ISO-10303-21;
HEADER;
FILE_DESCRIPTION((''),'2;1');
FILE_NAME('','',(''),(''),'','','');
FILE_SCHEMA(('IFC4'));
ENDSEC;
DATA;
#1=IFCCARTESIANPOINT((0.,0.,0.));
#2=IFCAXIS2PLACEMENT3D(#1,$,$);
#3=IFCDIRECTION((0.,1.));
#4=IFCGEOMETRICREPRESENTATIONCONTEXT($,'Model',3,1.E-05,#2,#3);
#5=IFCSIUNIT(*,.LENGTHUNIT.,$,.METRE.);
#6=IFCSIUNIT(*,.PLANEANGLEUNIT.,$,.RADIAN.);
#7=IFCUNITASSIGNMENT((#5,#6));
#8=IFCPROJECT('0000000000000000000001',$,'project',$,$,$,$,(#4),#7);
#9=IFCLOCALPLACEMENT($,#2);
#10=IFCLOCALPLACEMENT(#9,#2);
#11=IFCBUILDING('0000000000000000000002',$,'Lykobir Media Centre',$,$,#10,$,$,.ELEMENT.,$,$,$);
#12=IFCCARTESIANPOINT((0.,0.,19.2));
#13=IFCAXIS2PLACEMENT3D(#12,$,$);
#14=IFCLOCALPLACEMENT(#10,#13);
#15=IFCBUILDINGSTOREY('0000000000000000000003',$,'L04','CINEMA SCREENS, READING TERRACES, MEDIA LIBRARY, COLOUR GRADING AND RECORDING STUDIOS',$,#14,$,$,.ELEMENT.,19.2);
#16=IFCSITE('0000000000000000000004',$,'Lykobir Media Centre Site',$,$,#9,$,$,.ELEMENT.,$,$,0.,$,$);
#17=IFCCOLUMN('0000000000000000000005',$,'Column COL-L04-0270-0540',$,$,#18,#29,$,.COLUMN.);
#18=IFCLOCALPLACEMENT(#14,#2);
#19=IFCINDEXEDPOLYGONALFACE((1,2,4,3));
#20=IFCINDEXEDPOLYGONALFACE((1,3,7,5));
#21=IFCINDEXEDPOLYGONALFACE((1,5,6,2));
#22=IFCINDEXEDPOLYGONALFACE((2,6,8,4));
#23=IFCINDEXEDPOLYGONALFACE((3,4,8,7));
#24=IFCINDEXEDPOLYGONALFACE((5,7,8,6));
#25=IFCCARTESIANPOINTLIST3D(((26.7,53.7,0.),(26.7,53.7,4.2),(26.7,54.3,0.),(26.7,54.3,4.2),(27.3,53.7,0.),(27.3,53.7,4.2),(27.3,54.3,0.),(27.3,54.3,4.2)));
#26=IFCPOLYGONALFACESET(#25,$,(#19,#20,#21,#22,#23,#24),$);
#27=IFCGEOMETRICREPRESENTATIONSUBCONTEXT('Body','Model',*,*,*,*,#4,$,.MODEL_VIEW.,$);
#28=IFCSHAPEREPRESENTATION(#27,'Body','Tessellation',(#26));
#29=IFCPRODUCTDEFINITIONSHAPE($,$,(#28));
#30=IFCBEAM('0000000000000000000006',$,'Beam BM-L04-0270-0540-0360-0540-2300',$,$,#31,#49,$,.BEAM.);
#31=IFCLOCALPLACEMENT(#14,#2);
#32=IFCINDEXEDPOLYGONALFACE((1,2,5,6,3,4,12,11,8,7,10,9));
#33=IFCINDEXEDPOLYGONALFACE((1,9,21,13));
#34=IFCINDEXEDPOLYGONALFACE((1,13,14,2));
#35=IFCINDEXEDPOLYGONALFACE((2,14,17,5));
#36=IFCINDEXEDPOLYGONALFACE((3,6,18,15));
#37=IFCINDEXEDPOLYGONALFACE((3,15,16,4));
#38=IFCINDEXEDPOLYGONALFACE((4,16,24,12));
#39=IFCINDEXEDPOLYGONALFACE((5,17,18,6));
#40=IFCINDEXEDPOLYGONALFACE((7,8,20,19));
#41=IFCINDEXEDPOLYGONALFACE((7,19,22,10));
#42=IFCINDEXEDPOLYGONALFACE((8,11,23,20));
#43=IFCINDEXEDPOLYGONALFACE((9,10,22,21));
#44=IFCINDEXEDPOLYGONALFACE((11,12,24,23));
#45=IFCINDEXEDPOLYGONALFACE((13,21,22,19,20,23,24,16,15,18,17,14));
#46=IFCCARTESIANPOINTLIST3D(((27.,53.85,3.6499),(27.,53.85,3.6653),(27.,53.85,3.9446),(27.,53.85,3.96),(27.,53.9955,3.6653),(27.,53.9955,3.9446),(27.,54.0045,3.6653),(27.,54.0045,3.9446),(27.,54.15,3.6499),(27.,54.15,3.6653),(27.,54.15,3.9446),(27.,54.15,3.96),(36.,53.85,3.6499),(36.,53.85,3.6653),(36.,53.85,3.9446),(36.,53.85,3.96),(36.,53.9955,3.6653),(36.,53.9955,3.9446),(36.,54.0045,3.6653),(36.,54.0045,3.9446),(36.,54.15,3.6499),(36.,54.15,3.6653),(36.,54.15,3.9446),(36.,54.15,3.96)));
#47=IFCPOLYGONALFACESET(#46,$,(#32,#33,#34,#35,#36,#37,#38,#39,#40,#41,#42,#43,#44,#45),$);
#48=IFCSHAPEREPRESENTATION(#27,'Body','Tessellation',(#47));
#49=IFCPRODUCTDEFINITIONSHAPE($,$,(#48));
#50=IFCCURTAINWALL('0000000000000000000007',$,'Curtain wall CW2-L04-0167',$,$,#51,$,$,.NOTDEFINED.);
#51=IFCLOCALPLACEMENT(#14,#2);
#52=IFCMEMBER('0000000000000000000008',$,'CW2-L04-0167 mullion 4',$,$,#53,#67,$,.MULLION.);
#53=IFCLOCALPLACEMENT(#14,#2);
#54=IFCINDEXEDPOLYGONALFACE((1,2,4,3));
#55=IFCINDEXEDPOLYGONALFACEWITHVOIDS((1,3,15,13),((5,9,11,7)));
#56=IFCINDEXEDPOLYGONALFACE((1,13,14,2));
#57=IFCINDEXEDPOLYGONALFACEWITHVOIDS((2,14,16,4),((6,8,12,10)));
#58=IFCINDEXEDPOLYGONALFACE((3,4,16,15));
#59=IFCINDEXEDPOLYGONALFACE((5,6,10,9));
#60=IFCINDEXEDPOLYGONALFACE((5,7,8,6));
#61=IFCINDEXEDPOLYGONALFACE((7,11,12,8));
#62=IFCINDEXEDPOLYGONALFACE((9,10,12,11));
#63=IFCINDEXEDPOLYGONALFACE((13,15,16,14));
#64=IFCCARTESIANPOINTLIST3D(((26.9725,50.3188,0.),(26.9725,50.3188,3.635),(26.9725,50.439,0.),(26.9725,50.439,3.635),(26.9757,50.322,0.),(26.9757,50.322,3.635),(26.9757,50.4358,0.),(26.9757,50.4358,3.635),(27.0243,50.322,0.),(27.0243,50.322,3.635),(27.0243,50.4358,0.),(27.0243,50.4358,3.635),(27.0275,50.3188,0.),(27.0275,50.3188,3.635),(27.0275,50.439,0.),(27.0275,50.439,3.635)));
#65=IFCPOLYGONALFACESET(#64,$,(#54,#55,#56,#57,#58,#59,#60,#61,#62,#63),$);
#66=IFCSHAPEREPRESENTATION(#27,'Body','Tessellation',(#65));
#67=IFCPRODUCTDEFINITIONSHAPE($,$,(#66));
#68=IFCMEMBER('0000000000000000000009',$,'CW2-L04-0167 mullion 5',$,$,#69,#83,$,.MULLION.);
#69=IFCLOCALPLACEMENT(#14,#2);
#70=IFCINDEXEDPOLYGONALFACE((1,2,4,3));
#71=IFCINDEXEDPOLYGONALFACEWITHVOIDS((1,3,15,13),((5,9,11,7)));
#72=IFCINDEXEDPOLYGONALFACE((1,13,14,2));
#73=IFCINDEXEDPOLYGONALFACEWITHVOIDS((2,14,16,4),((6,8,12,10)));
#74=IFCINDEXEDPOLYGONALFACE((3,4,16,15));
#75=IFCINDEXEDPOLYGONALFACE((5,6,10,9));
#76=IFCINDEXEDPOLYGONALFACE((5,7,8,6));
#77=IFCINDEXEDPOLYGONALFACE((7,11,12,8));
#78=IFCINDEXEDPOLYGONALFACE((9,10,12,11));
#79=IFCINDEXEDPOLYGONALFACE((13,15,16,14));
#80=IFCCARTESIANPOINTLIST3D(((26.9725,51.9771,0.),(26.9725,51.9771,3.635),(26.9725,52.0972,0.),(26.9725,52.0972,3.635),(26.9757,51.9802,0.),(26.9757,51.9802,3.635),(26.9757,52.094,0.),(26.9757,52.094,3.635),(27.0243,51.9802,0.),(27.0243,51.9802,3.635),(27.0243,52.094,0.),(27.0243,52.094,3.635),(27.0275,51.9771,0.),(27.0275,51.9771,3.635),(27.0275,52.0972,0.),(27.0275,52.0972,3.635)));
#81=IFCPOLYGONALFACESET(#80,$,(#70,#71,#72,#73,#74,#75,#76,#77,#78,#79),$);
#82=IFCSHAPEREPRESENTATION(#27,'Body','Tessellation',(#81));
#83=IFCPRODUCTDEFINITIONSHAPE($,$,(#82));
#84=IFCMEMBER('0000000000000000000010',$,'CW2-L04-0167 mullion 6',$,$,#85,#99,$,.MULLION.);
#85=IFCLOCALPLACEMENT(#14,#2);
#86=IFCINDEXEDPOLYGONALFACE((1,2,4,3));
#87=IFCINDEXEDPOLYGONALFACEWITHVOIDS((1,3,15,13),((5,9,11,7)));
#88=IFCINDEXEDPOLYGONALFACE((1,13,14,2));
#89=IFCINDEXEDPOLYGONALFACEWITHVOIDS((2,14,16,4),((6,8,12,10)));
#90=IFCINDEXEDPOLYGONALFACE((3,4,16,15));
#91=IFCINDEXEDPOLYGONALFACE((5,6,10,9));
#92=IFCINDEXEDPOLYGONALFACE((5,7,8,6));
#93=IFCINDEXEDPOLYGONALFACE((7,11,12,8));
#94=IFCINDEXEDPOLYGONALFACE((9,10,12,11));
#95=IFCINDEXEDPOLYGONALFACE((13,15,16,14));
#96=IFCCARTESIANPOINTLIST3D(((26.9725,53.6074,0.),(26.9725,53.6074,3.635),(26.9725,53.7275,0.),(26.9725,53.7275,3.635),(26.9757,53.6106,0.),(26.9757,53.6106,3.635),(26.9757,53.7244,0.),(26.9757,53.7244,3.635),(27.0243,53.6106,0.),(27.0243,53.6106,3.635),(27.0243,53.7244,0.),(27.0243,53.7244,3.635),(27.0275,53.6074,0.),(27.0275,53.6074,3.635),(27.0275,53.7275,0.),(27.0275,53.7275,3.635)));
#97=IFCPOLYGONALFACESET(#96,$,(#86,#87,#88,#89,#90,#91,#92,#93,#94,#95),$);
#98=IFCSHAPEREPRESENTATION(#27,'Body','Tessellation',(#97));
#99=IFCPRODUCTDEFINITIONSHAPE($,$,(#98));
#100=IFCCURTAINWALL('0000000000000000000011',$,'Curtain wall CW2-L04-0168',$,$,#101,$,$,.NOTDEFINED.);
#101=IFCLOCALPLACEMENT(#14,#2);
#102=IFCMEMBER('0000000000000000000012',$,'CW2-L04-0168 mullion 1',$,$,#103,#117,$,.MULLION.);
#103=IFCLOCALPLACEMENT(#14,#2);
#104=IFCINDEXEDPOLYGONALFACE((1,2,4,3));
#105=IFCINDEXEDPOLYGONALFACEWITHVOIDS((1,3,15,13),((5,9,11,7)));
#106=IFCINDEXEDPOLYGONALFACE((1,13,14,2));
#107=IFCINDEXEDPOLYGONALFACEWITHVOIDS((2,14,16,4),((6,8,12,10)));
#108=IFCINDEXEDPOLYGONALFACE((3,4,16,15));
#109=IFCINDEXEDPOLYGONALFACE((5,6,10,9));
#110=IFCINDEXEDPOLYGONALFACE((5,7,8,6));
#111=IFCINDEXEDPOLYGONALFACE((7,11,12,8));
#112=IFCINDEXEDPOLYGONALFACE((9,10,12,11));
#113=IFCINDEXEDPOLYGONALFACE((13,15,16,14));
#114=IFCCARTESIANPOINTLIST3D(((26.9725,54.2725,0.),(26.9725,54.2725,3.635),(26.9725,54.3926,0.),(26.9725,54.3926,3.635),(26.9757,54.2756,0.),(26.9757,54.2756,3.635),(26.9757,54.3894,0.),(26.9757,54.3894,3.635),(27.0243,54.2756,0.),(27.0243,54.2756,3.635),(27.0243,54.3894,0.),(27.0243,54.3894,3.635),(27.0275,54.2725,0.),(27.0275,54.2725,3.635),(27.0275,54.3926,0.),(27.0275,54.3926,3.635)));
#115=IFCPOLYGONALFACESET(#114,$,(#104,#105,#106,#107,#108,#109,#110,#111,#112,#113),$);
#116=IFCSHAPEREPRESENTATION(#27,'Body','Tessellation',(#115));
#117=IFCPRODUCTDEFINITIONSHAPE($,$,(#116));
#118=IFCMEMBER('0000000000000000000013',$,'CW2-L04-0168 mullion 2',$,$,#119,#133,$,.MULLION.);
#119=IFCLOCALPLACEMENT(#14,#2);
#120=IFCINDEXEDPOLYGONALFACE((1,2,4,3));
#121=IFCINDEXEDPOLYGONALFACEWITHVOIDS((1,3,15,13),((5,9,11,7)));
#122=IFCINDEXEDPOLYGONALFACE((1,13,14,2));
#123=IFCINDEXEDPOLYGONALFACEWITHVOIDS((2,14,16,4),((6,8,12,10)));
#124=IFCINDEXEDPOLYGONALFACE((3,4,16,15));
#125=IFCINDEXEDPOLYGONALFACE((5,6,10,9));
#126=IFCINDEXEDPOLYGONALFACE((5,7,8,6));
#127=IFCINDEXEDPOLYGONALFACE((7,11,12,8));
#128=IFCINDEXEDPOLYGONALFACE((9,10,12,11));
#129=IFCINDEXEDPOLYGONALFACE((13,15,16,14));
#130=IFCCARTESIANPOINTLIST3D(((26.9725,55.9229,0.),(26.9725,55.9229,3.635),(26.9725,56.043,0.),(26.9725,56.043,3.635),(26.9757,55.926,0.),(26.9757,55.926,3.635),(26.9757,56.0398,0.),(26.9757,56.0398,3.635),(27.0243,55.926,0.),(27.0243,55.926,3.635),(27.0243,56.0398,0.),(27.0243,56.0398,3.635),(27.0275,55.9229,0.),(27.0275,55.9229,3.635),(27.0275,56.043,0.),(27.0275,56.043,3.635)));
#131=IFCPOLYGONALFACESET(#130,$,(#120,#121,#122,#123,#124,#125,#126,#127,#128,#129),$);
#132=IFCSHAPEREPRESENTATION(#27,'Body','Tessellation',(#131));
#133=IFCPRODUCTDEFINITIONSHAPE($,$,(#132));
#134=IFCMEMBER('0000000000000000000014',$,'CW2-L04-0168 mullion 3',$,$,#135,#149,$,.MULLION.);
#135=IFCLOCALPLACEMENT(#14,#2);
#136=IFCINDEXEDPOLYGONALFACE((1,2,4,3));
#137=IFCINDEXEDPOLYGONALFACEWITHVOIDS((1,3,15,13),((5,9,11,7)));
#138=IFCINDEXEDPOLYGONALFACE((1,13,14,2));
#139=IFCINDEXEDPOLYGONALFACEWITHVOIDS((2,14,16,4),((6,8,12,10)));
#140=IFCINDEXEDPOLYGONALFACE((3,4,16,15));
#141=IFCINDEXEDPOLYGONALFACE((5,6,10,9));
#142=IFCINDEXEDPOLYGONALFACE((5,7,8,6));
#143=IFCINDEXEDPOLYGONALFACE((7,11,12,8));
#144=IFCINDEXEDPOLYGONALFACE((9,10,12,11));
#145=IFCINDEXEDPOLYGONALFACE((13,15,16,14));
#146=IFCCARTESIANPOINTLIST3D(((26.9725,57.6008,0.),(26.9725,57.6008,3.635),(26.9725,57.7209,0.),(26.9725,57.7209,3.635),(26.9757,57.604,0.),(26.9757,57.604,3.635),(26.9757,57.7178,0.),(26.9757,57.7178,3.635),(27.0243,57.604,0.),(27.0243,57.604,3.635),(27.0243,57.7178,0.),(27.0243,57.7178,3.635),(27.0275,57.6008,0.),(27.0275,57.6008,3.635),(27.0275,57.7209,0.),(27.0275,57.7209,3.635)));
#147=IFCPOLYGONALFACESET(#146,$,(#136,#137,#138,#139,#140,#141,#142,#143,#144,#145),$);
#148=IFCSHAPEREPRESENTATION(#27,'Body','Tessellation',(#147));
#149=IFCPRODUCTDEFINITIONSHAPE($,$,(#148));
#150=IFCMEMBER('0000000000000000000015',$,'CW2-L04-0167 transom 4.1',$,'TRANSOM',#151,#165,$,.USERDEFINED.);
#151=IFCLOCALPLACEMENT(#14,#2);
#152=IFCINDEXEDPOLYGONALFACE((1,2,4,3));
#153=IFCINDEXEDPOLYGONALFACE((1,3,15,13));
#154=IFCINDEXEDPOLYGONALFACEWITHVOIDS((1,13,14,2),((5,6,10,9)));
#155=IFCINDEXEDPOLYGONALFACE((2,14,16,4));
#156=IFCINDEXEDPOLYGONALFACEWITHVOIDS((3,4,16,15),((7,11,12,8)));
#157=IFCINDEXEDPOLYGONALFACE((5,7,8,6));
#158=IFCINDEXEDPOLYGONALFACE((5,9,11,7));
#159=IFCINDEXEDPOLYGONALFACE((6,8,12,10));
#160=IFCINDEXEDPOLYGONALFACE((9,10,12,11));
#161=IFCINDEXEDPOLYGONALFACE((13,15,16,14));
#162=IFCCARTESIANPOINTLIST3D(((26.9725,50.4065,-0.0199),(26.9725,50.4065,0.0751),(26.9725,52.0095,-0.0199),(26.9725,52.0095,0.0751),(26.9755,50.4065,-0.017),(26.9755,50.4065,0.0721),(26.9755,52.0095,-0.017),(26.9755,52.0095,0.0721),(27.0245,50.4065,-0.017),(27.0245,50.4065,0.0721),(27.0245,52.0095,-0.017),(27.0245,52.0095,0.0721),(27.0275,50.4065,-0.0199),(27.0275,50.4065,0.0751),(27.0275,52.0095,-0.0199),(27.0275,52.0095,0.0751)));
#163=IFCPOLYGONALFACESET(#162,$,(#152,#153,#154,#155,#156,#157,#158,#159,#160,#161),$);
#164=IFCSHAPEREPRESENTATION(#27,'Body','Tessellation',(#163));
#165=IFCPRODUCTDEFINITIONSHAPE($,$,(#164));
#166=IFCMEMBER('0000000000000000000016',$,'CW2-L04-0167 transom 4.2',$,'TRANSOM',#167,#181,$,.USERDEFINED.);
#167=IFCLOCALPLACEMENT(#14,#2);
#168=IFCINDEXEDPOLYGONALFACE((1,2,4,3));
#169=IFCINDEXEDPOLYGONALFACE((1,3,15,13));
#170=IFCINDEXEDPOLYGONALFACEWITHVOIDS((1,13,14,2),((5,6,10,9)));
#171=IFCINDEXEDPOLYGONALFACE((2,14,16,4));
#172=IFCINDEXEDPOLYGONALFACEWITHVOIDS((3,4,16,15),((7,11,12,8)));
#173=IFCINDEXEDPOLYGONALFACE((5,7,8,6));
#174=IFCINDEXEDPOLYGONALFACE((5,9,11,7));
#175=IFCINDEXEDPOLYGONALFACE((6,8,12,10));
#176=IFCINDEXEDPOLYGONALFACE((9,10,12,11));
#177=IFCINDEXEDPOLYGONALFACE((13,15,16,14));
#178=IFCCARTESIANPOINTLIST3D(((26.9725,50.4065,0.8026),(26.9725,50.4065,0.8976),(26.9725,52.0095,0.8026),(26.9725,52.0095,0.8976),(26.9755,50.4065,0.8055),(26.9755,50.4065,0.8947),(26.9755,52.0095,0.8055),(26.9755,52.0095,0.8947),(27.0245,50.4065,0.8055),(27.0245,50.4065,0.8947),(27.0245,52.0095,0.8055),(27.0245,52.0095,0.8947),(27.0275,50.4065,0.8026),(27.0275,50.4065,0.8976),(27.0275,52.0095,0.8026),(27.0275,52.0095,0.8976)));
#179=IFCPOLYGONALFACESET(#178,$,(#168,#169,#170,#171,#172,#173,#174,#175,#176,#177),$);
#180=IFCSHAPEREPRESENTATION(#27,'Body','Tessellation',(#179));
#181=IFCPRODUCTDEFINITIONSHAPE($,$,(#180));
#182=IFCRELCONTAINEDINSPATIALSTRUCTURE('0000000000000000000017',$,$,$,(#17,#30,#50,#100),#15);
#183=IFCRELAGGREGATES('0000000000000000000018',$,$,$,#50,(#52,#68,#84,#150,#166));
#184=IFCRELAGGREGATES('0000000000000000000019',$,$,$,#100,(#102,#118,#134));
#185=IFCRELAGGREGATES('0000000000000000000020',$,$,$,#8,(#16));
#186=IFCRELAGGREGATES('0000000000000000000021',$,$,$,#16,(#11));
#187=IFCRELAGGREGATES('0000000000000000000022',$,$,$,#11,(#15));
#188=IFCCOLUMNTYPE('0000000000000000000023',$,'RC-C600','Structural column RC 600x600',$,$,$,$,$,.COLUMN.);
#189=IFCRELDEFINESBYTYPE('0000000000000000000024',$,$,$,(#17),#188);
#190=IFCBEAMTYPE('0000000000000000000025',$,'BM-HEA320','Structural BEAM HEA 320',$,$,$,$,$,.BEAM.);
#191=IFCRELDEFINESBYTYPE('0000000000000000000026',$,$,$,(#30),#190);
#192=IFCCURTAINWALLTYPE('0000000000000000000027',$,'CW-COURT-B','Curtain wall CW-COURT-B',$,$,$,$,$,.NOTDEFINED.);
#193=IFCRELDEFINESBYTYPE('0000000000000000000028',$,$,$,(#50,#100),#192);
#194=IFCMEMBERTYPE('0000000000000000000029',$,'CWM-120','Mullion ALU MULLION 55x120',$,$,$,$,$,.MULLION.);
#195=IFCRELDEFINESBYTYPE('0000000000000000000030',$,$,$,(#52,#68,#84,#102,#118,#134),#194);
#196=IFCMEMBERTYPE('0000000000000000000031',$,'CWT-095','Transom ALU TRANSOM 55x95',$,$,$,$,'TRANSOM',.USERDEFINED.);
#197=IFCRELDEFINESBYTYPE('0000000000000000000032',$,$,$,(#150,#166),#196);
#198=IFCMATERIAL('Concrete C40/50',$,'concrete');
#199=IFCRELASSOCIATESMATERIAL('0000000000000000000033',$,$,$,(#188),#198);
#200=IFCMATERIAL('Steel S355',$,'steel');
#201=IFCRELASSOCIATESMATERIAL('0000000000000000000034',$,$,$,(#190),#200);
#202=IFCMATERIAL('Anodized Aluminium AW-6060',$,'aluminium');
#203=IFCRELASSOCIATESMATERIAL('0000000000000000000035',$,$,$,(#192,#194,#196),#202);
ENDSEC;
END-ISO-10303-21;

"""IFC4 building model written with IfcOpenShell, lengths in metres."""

from ifc_helpers import new_model, si_unit, direction, frame, origin, origin_2d, place, context, subcontext, project, spatial, rectangle, hollow_rectangle, i_section, extrude, material, material_profile, profile_set, type_object, element, aggregate, save


model = new_model("IFC4")

# Units and contexts
model_context = context("Model", 3, precision=1e-05, world=origin(), true_north=direction((0.0, 1.0)))
body_context = subcontext(model_context, "Body", "Model", "MODEL_VIEW")
ifc_project = project(units=[si_unit("LENGTHUNIT", "METRE"), si_unit("PLANEANGLEUNIT", "RADIAN")], contexts=[model_context])

# Site, building, storey
site_placement = place(None, origin())
site = spatial("IfcSite", under=ifc_project, at=site_placement, Name="Lykobir Media Centre Site", CompositionType="ELEMENT", RefElevation=0.0)
building_placement = place(site_placement, origin())
building = spatial("IfcBuilding", under=site, at=building_placement, Name="Lykobir Media Centre", CompositionType="ELEMENT")
storey_placement = place(building_placement, frame((0.0, 0.0, 19.2)))
storey = spatial("IfcBuildingStorey", under=building, at=storey_placement, Name="L04", Description="CINEMA SCREENS, READING TERRACES, MEDIA LIBRARY, COLOUR GRADING AND RECORDING STUDIOS", CompositionType="ELEMENT", Elevation=19.2)

# Column
ifc_material_1 = material(Name="Concrete C40/50", Category="concrete")
ifc_material_profile_1 = material_profile(ifc_material_1, rectangle(XDim=0.6001, YDim=0.6001, at=origin_2d()), Name="RC 600x600")
ifc_profile_set_1 = profile_set([ifc_material_profile_1], Name="Concrete C40/50")
column_type = type_object("IfcColumnType", Name="RC-C600", Description="Structural column RC 600x600", PredefinedType="COLUMN", material=ifc_profile_set_1)
column_placement = place(storey_placement, frame((27.0, 54.0, 0.0), z_axis=(0.0, 0.0, 1.0), x_axis=(1.0, 0.0, 0.0)))
element("IfcColumn", 1, at=column_placement, inside=storey, type_object=column_type, Name="Column COL-L04-0270-0540", PredefinedType="COLUMN", context=body_context, shape_type="SweptSolid", body=[
    extrude(rectangle(XDim=0.6001, YDim=0.6001, at=origin_2d()), origin(), (0.0, 0.0, 1.0), 4.2),
])

# Beam
ifc_material_2 = material(Name="Steel S355", Category="steel")
ifc_material_profile_2 = material_profile(ifc_material_2, i_section(OverallWidth=0.3, OverallDepth=0.3101, WebThickness=0.009, FlangeThickness=0.0154, at=origin_2d()), Name="HEA 320")
ifc_profile_set_2 = profile_set([ifc_material_profile_2], Name="Steel S355")
beam_type_1 = type_object("IfcBeamType", Name="BM-HEA320", Description="Structural BEAM HEA 320", PredefinedType="BEAM", material=ifc_profile_set_2)
beam_1_placement = place(storey_placement, frame((27.0, 54.0, 3.8049), z_axis=(1.0, 0.0, 0.0), x_axis=(0.0, 1.0, 0.0)))
element("IfcBeam", 2, at=beam_1_placement, inside=storey, type_object=beam_type_1, Name="Beam BM-L04-0270-0540-0360-0540-2300", PredefinedType="BEAM", context=body_context, shape_type="SweptSolid", body=[
    extrude(i_section(OverallWidth=0.3, OverallDepth=0.3101, WebThickness=0.009, FlangeThickness=0.0154, at=origin_2d()), origin(), (0.0, 0.0, 1.0), 9.0),
])

# Curtain walls, members
ifc_material_3 = material(Name="Anodized Aluminium AW-6060", Category="aluminium")
curtain_wall_type = type_object("IfcCurtainWallType", Name="CW-COURT-B", Description="Curtain wall CW-COURT-B", PredefinedType="NOTDEFINED", material=ifc_material_3)
curtain_wall_1_placement = place(storey_placement, origin())
curtain_wall_1 = element("IfcCurtainWall", 3, at=curtain_wall_1_placement, inside=storey, type_object=curtain_wall_type, Name="Curtain wall CW2-L04-0167", PredefinedType="NOTDEFINED")
ifc_material_profile_3 = material_profile(ifc_material_3, hollow_rectangle(XDim=0.0549, YDim=0.1201, WallThickness=0.0032, at=origin_2d()), Name="ALU MULLION 55x120")
ifc_profile_set_3 = profile_set([ifc_material_profile_3], Name="Anodized Aluminium AW-6060")
member_type_1 = type_object("IfcMemberType", Name="CWM-120", Description="Mullion ALU MULLION 55x120", PredefinedType="MULLION", material=ifc_profile_set_3)
member_1_placement = place(storey_placement, frame((27.0, 50.3789, 0.0), z_axis=(0.0, 0.0, 1.0), x_axis=(-1.0, 0.0, 0.0)))
member_1 = element("IfcMember", 4, at=member_1_placement, type_object=member_type_1, Name="CW2-L04-0167 mullion 4", PredefinedType="MULLION", context=body_context, shape_type="SweptSolid", body=[
    extrude(hollow_rectangle(XDim=0.0549, YDim=0.1201, WallThickness=0.0032, at=origin_2d()), origin(), (0.0, 0.0, 1.0), 3.635),
])
member_2_placement = place(storey_placement, frame((27.0, 52.0371, 0.0), z_axis=(0.0, 0.0, 1.0), x_axis=(-1.0, 0.0, 0.0)))
member_2 = element("IfcMember", 5, at=member_2_placement, type_object=member_type_1, Name="CW2-L04-0167 mullion 5", PredefinedType="MULLION", context=body_context, shape_type="SweptSolid", body=[
    extrude(hollow_rectangle(XDim=0.0549, YDim=0.1201, WallThickness=0.0032, at=origin_2d()), origin(), (0.0, 0.0, 1.0), 3.635),
])
member_3_placement = place(storey_placement, frame((27.0, 53.6675, 0.0), z_axis=(0.0, 0.0, 1.0), x_axis=(-1.0, 0.0, 0.0)))
member_3 = element("IfcMember", 6, at=member_3_placement, type_object=member_type_1, Name="CW2-L04-0167 mullion 6", PredefinedType="MULLION", context=body_context, shape_type="SweptSolid", body=[
    extrude(hollow_rectangle(XDim=0.0549, YDim=0.1201, WallThickness=0.0032, at=origin_2d()), origin(), (0.0, 0.0, 1.0), 3.635),
])
curtain_wall_2_placement = place(storey_placement, origin())
curtain_wall_2 = element("IfcCurtainWall", 7, at=curtain_wall_2_placement, inside=storey, type_object=curtain_wall_type, Name="Curtain wall CW2-L04-0168", PredefinedType="NOTDEFINED")
member_4_placement = place(storey_placement, frame((27.0, 54.3325, 0.0), z_axis=(0.0, 0.0, 1.0), x_axis=(-1.0, 0.0, 0.0)))
member_4 = element("IfcMember", 8, at=member_4_placement, type_object=member_type_1, Name="CW2-L04-0168 mullion 1", PredefinedType="MULLION", context=body_context, shape_type="SweptSolid", body=[
    extrude(hollow_rectangle(XDim=0.0549, YDim=0.1201, WallThickness=0.0032, at=origin_2d()), origin(), (0.0, 0.0, 1.0), 3.635),
])
member_5_placement = place(storey_placement, frame((27.0, 55.9829, 0.0), z_axis=(0.0, 0.0, 1.0), x_axis=(-1.0, 0.0, 0.0)))
member_5 = element("IfcMember", 9, at=member_5_placement, type_object=member_type_1, Name="CW2-L04-0168 mullion 2", PredefinedType="MULLION", context=body_context, shape_type="SweptSolid", body=[
    extrude(hollow_rectangle(XDim=0.0549, YDim=0.1201, WallThickness=0.0032, at=origin_2d()), origin(), (0.0, 0.0, 1.0), 3.635),
])
member_6_placement = place(storey_placement, frame((27.0, 57.6609, 0.0), z_axis=(0.0, 0.0, 1.0), x_axis=(-1.0, 0.0, 0.0)))
member_6 = element("IfcMember", 10, at=member_6_placement, type_object=member_type_1, Name="CW2-L04-0168 mullion 3", PredefinedType="MULLION", context=body_context, shape_type="SweptSolid", body=[
    extrude(hollow_rectangle(XDim=0.0549, YDim=0.1201, WallThickness=0.0032, at=origin_2d()), origin(), (0.0, 0.0, 1.0), 3.635),
])

# Members
ifc_material_profile_4 = material_profile(ifc_material_3, hollow_rectangle(XDim=0.0549, YDim=0.095, WallThickness=0.0029, at=origin_2d()), Name="ALU TRANSOM 55x95")
ifc_profile_set_4 = profile_set([ifc_material_profile_4], Name="Anodized Aluminium AW-6060")
member_type_2 = type_object("IfcMemberType", Name="CWT-095", Description="Transom ALU TRANSOM 55x95", ElementType="TRANSOM", PredefinedType="USERDEFINED", material=ifc_profile_set_4)
member_7_placement = place(storey_placement, frame((27.0, 50.4065, 0.0276), z_axis=(0.0, 1.0, 0.0), x_axis=(-1.0, 0.0, 0.0)))
member_7 = element("IfcMember", 11, at=member_7_placement, type_object=member_type_2, Name="CW2-L04-0167 transom 4.1", ObjectType="TRANSOM", PredefinedType="USERDEFINED", context=body_context, shape_type="SweptSolid", body=[
    extrude(hollow_rectangle(XDim=0.0549, YDim=0.095, WallThickness=0.0029, at=origin_2d()), origin(), (0.0, 0.0, 1.0), 1.603),
])
member_8_placement = place(storey_placement, frame((27.0, 50.4065, 0.8501), z_axis=(0.0, 1.0, 0.0), x_axis=(-1.0, 0.0, 0.0)))
member_8 = element("IfcMember", 12, at=member_8_placement, type_object=member_type_2, Name="CW2-L04-0167 transom 4.2", ObjectType="TRANSOM", PredefinedType="USERDEFINED", context=body_context, shape_type="SweptSolid", body=[
    extrude(hollow_rectangle(XDim=0.0549, YDim=0.095, WallThickness=0.0029, at=origin_2d()), origin(), (0.0, 0.0, 1.0), 1.603),
])

aggregate(curtain_wall_1, [member_1, member_2, member_3, member_7, member_8])
aggregate(curtain_wall_2, [member_4, member_5, member_6])

save(model, "model.ifc")
